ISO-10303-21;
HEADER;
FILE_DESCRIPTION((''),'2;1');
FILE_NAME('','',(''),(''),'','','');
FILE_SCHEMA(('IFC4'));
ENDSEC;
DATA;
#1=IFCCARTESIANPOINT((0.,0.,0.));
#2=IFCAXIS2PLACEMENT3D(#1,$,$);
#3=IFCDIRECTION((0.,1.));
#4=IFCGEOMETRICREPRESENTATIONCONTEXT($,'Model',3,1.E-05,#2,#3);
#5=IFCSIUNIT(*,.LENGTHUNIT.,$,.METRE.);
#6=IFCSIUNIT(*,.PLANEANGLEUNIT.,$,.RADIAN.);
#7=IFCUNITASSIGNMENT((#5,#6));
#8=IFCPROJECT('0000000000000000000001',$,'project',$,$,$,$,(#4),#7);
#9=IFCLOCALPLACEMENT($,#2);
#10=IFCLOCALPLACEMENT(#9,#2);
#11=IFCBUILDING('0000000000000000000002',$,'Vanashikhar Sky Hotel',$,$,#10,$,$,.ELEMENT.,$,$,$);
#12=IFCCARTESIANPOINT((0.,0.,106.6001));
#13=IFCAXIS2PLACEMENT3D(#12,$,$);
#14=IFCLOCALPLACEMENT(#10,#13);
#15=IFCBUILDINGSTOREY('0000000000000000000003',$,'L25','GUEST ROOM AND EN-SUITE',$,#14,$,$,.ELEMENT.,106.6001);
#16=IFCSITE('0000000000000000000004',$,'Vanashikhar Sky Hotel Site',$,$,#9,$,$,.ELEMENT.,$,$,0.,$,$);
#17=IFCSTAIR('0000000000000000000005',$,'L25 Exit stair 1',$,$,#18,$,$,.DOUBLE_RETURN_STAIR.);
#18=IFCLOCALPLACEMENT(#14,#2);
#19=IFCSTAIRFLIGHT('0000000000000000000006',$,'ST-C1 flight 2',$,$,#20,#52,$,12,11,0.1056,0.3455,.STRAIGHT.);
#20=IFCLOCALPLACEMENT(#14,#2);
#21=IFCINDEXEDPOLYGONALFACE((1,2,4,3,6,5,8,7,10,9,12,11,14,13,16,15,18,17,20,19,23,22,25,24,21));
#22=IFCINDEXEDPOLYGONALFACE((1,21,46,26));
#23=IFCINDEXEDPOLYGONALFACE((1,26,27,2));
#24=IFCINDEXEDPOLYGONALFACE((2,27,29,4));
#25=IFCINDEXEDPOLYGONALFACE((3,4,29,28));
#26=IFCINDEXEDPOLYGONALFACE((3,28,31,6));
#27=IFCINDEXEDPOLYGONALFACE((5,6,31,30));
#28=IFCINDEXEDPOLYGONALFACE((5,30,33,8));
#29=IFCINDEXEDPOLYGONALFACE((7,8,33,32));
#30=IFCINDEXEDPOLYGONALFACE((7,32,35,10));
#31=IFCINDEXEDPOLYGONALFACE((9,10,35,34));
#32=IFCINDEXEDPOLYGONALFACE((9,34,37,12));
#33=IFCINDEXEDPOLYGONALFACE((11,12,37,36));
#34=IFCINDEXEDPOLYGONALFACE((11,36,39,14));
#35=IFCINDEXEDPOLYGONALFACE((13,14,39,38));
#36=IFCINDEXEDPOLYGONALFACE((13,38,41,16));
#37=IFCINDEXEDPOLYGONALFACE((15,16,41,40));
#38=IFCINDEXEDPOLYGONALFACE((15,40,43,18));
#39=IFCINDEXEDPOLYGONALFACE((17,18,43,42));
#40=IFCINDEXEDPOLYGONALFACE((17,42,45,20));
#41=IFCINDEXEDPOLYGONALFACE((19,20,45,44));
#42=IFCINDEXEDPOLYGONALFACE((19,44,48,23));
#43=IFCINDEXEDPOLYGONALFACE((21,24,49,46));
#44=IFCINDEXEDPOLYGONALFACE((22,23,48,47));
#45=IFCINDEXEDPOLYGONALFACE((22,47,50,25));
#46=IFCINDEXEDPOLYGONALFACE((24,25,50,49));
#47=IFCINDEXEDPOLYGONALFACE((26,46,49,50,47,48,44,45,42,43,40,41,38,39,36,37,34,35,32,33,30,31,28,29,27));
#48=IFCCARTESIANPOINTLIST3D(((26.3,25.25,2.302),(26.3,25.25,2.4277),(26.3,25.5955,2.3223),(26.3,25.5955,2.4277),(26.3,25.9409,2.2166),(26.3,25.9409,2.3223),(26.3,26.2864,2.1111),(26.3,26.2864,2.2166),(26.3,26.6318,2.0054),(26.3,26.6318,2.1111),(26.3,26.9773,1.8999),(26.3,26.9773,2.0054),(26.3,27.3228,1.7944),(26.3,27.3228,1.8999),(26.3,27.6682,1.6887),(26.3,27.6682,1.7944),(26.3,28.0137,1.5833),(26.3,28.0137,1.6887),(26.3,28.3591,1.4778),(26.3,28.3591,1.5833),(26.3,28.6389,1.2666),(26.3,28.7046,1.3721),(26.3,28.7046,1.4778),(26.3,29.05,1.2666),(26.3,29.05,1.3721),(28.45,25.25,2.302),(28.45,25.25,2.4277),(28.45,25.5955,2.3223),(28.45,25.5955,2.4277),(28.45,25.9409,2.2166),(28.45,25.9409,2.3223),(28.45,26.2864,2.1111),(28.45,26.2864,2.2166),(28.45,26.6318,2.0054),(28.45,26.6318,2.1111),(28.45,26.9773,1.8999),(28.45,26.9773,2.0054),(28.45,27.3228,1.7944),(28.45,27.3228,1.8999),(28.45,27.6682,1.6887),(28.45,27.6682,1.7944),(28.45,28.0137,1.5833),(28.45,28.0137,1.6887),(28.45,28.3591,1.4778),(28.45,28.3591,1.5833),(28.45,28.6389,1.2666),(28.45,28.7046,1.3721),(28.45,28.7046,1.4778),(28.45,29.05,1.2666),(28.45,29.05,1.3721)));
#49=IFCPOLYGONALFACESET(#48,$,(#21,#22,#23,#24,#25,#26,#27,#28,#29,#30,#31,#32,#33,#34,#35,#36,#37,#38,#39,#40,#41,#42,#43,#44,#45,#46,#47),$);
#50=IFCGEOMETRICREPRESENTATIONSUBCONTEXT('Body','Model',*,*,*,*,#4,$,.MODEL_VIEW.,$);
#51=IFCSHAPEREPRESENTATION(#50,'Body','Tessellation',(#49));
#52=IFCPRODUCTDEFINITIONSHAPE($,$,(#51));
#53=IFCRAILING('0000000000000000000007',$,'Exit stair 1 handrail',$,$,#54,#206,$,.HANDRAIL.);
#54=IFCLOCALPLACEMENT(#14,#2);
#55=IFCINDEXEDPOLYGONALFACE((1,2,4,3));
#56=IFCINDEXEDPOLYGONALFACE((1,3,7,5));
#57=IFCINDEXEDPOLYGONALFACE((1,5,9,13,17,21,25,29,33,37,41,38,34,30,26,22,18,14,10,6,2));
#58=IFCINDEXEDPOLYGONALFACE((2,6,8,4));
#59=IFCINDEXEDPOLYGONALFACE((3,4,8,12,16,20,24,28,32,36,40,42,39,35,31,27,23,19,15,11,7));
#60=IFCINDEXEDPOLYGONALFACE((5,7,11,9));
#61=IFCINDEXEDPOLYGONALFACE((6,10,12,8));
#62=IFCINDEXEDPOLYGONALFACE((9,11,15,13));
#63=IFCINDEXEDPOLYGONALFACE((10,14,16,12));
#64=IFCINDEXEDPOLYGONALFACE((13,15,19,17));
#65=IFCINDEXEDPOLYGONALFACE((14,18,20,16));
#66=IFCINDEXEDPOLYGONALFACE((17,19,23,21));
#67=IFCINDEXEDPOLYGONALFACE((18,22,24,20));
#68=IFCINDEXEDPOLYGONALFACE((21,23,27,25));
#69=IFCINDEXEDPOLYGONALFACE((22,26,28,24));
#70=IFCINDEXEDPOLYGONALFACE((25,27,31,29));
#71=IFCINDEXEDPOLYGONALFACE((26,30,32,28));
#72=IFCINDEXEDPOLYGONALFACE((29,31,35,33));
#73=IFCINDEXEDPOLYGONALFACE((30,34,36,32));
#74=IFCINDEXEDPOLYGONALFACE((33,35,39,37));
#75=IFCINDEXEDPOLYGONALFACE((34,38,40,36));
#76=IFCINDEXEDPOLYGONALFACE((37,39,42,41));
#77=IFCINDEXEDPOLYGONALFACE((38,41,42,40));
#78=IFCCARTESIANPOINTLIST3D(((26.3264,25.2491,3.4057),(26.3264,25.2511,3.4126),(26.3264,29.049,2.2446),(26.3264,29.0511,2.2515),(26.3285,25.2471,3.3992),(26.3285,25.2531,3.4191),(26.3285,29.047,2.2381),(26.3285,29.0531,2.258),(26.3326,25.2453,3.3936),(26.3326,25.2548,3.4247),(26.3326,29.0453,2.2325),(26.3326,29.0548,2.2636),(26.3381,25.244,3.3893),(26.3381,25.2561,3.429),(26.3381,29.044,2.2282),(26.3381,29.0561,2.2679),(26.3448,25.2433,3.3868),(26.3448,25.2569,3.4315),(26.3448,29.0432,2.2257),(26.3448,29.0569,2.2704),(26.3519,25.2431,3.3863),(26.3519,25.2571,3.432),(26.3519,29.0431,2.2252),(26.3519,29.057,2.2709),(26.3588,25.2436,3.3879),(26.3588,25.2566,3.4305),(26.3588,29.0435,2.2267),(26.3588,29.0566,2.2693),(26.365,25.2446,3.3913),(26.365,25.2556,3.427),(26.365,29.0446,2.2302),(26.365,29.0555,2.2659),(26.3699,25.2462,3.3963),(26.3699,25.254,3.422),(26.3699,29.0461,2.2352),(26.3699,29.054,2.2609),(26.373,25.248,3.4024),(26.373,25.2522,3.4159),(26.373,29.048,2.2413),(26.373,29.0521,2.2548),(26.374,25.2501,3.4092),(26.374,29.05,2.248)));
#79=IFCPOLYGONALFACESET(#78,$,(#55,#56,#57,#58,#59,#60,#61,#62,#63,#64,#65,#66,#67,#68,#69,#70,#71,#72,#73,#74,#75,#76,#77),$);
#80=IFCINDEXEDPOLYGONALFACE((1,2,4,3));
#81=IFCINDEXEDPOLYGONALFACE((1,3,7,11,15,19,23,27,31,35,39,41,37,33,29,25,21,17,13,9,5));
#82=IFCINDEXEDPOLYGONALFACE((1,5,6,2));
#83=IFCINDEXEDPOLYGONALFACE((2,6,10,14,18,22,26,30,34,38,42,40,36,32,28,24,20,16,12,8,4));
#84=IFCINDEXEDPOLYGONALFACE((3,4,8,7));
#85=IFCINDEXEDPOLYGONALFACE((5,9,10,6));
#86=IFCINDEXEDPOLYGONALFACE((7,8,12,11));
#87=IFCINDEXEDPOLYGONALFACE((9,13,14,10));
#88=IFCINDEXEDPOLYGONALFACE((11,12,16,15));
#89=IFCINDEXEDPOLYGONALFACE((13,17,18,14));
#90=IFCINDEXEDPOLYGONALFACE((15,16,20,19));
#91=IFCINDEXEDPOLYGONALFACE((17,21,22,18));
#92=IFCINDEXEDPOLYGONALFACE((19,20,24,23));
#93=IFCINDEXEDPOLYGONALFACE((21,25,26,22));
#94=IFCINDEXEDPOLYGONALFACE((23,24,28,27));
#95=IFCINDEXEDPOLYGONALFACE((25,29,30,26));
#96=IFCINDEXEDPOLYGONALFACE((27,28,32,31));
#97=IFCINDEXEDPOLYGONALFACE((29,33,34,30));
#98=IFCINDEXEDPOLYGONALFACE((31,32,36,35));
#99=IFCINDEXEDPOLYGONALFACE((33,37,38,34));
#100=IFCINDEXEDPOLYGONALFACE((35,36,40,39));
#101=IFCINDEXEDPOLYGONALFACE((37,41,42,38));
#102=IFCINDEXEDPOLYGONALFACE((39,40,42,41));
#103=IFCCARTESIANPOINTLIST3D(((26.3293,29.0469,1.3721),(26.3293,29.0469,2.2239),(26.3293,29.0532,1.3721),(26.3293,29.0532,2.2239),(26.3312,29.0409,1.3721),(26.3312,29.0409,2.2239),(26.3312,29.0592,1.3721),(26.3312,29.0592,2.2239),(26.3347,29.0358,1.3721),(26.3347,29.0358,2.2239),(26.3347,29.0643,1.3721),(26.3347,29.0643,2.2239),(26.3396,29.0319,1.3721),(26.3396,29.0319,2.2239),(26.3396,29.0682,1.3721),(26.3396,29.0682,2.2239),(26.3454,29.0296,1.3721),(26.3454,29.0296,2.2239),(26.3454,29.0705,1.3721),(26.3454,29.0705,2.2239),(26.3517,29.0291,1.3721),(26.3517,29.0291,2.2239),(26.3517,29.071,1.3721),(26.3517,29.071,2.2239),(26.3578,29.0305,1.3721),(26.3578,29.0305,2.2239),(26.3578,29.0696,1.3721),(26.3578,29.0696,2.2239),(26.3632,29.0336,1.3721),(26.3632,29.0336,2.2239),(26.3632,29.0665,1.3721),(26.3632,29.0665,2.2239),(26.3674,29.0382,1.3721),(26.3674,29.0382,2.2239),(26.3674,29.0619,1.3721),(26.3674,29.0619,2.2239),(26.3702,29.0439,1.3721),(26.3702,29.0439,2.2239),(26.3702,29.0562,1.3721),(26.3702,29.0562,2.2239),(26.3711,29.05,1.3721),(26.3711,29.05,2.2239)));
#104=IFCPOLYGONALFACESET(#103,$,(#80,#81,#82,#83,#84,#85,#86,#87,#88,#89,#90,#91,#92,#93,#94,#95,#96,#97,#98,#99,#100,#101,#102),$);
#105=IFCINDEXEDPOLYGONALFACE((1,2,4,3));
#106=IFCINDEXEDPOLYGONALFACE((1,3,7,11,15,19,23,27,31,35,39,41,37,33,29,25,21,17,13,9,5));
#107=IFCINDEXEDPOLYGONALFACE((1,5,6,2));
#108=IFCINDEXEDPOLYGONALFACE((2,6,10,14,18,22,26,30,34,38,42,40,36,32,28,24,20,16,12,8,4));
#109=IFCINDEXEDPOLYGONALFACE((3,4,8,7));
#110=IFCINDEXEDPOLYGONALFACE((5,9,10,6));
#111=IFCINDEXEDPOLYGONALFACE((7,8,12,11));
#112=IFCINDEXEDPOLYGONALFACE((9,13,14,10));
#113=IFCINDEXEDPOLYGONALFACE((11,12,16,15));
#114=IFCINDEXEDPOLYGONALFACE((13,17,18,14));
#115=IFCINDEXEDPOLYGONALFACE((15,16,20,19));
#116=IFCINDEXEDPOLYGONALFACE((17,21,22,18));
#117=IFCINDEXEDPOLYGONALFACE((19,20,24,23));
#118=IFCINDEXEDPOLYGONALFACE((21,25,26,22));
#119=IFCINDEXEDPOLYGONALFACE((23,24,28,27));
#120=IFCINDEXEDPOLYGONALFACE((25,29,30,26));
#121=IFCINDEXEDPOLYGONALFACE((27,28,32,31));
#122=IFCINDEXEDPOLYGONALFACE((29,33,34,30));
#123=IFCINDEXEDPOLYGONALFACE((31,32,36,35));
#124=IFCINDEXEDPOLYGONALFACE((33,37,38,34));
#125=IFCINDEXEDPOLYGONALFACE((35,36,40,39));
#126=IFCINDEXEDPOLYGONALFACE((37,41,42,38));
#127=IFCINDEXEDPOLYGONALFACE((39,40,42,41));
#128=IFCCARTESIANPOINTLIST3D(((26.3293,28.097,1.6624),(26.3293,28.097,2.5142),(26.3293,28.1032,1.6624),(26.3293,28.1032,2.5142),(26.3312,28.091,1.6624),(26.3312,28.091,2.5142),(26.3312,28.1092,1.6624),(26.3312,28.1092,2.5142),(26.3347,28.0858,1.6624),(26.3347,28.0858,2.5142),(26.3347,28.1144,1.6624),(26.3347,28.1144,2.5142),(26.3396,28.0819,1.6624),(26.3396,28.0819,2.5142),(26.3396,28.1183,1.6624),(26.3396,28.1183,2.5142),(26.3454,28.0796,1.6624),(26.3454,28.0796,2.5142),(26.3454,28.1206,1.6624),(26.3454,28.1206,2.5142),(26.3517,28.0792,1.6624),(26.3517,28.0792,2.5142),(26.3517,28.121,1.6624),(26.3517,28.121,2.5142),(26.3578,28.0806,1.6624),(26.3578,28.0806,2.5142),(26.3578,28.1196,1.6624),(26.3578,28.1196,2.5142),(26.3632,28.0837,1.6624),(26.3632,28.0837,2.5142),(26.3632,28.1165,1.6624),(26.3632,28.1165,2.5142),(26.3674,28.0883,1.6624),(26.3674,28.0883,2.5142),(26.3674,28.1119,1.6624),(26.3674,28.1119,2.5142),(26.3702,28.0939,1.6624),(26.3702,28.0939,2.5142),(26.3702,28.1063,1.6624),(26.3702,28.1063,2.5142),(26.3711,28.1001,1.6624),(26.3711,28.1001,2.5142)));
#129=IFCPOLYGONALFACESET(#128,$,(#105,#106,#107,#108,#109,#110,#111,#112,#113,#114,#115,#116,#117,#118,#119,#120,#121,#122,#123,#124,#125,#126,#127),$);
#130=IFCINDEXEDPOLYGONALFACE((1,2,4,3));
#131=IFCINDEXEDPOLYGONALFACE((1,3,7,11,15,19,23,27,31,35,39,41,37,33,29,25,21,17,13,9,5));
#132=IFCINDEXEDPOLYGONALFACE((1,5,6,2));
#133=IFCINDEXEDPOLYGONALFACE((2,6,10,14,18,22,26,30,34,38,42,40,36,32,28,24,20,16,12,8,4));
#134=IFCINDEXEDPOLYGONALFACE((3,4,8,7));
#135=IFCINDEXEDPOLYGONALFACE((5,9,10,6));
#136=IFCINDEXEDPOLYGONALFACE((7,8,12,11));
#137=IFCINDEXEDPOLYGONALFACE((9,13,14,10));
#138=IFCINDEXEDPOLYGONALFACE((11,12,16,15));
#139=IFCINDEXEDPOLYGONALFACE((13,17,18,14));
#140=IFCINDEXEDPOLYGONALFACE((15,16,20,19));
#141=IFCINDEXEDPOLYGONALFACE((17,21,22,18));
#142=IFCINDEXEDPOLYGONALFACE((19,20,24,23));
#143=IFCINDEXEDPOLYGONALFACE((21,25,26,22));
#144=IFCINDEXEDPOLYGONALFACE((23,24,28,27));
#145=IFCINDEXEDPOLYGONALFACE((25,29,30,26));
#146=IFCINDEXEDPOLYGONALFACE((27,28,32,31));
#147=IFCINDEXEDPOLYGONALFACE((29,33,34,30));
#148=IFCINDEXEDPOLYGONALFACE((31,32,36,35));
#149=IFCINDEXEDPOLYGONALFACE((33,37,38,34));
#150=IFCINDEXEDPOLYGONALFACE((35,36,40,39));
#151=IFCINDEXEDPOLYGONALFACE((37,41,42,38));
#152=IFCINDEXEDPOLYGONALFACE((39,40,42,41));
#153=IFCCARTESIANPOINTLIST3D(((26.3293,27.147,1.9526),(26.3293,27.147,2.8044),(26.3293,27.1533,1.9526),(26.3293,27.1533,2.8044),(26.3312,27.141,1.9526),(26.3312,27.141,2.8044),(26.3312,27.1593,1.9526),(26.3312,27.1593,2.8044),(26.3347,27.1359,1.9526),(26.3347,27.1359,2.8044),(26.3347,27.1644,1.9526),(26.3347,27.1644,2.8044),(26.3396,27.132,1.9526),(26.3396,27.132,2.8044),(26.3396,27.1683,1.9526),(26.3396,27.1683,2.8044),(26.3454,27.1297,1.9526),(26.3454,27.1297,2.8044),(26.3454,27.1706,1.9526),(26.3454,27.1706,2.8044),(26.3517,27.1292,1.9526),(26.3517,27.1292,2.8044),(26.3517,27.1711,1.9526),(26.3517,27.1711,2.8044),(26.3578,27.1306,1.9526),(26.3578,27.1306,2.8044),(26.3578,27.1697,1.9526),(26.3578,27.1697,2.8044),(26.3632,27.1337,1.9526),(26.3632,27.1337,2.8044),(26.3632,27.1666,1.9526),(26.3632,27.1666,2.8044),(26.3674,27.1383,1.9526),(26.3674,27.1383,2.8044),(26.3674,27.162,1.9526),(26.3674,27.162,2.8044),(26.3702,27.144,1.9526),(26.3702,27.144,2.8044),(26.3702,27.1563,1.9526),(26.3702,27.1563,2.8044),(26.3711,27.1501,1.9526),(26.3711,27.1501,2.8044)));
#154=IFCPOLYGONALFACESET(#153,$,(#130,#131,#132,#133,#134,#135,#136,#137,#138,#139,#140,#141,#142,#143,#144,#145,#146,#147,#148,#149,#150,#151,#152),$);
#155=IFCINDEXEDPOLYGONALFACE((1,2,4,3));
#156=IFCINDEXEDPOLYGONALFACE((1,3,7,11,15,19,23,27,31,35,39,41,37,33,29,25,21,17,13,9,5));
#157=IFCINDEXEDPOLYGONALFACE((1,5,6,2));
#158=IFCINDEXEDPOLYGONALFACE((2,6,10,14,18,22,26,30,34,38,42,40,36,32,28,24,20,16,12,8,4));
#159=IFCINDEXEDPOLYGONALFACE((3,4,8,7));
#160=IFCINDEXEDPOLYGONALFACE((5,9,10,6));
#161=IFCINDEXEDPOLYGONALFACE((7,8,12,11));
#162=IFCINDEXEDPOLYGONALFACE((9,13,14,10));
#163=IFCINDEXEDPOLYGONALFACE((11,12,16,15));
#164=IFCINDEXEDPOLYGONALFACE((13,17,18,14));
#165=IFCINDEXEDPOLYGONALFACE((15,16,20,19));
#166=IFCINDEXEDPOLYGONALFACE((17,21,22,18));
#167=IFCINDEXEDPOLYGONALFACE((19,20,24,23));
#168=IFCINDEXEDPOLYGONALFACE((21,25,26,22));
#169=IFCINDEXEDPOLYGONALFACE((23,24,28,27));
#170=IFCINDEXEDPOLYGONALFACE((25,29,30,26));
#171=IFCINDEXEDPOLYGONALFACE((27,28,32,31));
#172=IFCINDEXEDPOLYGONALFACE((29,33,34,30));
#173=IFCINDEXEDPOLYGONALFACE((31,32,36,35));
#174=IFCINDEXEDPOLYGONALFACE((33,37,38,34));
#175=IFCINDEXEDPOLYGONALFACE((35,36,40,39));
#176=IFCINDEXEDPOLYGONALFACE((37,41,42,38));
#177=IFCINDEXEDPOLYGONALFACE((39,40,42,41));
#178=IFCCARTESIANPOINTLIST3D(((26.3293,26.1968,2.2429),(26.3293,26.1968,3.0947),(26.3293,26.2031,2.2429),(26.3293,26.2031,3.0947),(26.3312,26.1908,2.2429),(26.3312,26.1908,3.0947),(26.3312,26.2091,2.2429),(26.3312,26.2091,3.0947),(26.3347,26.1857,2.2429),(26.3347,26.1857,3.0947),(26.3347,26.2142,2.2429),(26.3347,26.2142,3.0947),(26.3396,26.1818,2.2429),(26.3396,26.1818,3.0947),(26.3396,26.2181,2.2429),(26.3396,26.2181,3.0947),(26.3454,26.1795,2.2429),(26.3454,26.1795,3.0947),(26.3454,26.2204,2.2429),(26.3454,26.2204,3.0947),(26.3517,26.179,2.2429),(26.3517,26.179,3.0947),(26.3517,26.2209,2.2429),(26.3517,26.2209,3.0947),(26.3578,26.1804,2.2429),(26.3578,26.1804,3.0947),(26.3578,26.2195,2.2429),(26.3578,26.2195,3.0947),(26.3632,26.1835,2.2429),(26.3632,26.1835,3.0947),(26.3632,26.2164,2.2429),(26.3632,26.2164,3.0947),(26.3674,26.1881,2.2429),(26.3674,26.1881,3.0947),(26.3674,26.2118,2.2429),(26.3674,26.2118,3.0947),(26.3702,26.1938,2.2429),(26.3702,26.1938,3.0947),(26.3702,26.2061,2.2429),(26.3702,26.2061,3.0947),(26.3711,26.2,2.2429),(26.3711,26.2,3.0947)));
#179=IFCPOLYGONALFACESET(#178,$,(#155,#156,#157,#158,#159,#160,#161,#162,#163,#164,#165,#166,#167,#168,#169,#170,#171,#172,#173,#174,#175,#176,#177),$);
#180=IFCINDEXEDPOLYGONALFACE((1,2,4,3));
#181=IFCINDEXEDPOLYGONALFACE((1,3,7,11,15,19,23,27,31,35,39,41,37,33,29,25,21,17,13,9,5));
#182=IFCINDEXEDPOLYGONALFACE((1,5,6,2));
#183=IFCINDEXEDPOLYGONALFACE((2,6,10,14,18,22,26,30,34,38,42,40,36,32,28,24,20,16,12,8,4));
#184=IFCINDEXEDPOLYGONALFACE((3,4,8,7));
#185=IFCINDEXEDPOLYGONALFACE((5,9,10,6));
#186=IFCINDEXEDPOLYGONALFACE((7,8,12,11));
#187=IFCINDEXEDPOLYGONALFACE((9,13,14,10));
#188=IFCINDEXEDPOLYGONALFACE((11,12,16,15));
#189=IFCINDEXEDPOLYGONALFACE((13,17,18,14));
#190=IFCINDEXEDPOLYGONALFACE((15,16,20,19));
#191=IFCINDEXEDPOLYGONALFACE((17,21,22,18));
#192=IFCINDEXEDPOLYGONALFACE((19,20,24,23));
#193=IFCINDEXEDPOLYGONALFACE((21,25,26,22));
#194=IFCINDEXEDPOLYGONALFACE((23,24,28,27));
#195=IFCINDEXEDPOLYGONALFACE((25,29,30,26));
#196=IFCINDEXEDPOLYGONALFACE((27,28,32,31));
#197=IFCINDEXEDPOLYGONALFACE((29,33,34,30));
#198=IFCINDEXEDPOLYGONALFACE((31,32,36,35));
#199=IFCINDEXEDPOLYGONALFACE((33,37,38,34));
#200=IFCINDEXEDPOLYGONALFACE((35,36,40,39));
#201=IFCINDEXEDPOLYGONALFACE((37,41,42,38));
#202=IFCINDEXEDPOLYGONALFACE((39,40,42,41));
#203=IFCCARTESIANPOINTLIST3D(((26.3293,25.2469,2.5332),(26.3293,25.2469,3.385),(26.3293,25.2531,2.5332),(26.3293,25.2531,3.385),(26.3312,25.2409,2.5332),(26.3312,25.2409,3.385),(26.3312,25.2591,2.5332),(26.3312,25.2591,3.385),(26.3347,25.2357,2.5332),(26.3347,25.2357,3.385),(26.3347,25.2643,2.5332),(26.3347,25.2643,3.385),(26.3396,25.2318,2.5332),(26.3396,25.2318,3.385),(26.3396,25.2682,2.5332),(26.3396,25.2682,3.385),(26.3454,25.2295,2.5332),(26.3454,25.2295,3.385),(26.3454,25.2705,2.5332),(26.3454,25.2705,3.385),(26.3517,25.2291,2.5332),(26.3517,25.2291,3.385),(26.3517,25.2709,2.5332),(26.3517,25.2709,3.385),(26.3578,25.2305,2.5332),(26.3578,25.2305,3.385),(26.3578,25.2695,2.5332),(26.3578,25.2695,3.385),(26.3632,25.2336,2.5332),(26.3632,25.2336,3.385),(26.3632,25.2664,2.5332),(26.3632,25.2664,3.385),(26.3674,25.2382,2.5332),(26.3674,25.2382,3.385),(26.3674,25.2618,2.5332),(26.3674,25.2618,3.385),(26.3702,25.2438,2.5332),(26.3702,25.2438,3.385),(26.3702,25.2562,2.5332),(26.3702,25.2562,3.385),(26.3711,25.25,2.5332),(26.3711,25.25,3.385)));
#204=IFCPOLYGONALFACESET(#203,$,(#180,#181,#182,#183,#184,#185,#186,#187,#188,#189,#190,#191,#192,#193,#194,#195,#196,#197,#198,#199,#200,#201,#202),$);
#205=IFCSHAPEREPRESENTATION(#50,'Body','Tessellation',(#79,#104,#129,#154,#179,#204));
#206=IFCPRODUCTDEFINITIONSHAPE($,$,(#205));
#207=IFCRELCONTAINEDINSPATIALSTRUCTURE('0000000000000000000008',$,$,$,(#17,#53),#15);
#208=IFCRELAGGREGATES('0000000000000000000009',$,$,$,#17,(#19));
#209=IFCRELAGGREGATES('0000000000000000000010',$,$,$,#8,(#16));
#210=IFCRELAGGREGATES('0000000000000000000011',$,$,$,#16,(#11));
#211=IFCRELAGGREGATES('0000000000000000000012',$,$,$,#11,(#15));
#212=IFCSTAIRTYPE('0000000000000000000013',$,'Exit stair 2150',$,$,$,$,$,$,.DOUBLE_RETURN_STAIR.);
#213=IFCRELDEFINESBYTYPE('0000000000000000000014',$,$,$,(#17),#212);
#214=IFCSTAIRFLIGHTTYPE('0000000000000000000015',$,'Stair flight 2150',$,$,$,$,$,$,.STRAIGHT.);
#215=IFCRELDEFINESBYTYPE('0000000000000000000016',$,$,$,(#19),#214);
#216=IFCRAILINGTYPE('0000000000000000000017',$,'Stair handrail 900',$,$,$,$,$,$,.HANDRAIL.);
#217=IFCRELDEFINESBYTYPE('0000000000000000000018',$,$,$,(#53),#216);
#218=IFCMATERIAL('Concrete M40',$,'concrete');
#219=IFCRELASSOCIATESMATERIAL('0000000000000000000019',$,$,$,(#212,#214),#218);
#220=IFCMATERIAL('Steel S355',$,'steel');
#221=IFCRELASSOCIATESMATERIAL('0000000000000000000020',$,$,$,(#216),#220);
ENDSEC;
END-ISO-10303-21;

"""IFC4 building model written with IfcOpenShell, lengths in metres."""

from ifc_helpers import new_model, si_unit, direction, frame, origin, origin_2d, place, context, subcontext, project, spatial, polyline, circle, outline, extrude, source, transform, mapped, material, type_object, element, aggregate, save


model = new_model("IFC4")

# Units and contexts
model_context = context("Model", 3, precision=1e-05, world=origin(), true_north=direction((0.0, 1.0)))
body_context = subcontext(model_context, "Body", "Model", "MODEL_VIEW")
ifc_project = project(units=[si_unit("LENGTHUNIT", "METRE"), si_unit("PLANEANGLEUNIT", "RADIAN")], contexts=[model_context])

# Site, building, storey
site_placement = place(None, origin())
site = spatial("IfcSite", under=ifc_project, at=site_placement, Name="Vanashikhar Sky Hotel Site", CompositionType="ELEMENT", RefElevation=0.0)
building_placement = place(site_placement, origin())
building = spatial("IfcBuilding", under=site, at=building_placement, Name="Vanashikhar Sky Hotel", CompositionType="ELEMENT")
storey_placement = place(building_placement, frame((0.0, 0.0, 106.6001)))
storey = spatial("IfcBuildingStorey", under=building, at=storey_placement, Name="L25", Description="GUEST ROOM AND EN-SUITE", CompositionType="ELEMENT", Elevation=106.6001)

# Stair, stair flight
ifc_material_1 = material(Name="Concrete M40", Category="concrete")
stair_type = type_object("IfcStairType", Name="Exit stair 2150", PredefinedType="DOUBLE_RETURN_STAIR", material=ifc_material_1)
stair_placement = place(storey_placement, origin())
stair = element("IfcStair", 1, at=stair_placement, inside=storey, type_object=stair_type, Name="L25 Exit stair 1", PredefinedType="DOUBLE_RETURN_STAIR")
stair_flight_type = type_object("IfcStairFlightType", Name="Stair flight 2150", PredefinedType="STRAIGHT", material=ifc_material_1)
shared_shape_1 = source(origin(), body_context, "Body", "SweptSolid", [
    extrude(outline(polyline([(0.0, 0.0), (0.0, 0.1055), (0.3455, 0.1055), (0.3455, 0.2112), (0.6909, 0.2112), (0.6909, 0.3167), (1.0364, 0.3167), (1.0364, 0.4221), (1.3818, 0.4221), (1.3818, 0.5278), (1.7273, 0.5278), (1.7273, 0.6333), (2.0728, 0.6333), (2.0728, 0.7388), (2.4182, 0.7388), (2.4182, 0.8445), (2.7637, 0.8445), (2.7637, 0.95), (3.1091, 0.95), (3.1091, 1.0557), (3.4546, 1.0557), (3.4546, 1.1611), (3.8, 1.1611), (3.8, 1.2666), (3.8, 1.0354), (0.4111, 0.0), (0.0, 0.0)])), frame((0.0, 1.075, 0.0), z_axis=(0.0, -1.0, 0.0), x_axis=(1.0, 0.0, 0.0)), (0.0, 0.0, 1.0), 2.1499),
])
stair_flight_placement = place(storey_placement, frame((27.375, 29.05, 1.2666), z_axis=(0.0, 0.0, 1.0), x_axis=(0.0, -1.0, 0.0)))
stair_flight = element("IfcStairFlight", 2, at=stair_flight_placement, type_object=stair_flight_type, Name="ST-C1 flight 2", NumberOfRisers=12, NumberOfTreads=11, PredefinedType="STRAIGHT", RiserHeight=0.1056, TreadLength=0.3455, context=body_context, shape_type="MappedRepresentation", body=[
    mapped(shared_shape_1, transform((0.0, 0.0, 0.0), scale=1.0)),
])
aggregate(stair, [stair_flight])

# Railing
ifc_material_2 = material(Name="Steel S355", Category="steel")
railing_type_1 = type_object("IfcRailingType", Name="Stair handrail 900", PredefinedType="HANDRAIL", material=ifc_material_2)
shared_shape_2 = source(origin(), body_context, "Body", "SweptSolid", [
    extrude(circle(Radius=0.0239, at=origin_2d()), frame((0.0, 0.0, 0.876), z_axis=(0.0, -0.956351, 0.29222), x_axis=(1.0, 0.0, 0.0)), (0.0, 0.0, 1.0), 3.9734),
    extrude(circle(Radius=0.021, at=origin_2d()), origin(), (0.0, 0.0, 1.0), 0.8518),
    extrude(circle(Radius=0.021, at=origin_2d()), frame((0.0, -0.95, 0.2903)), (0.0, 0.0, 1.0), 0.8518),
    extrude(circle(Radius=0.021, at=origin_2d()), frame((0.0, -1.8999, 0.5806)), (0.0, 0.0, 1.0), 0.8518),
    extrude(circle(Radius=0.021, at=origin_2d()), frame((0.0, -2.8501, 0.8708)), (0.0, 0.0, 1.0), 0.8518),
    extrude(circle(Radius=0.021, at=origin_2d()), frame((0.0, -3.8, 1.1611)), (0.0, 0.0, 1.0), 0.8518),
])
railing_1_placement = place(storey_placement, frame((26.3501, 29.05, 1.3721)))
element("IfcRailing", 3, at=railing_1_placement, inside=storey, type_object=railing_type_1, Name="Exit stair 1 handrail", PredefinedType="HANDRAIL", context=body_context, shape_type="MappedRepresentation", body=[
    mapped(shared_shape_2, transform((0.0, 0.0, 0.0), scale=1.0)),
])

save(model, "model.ifc")
